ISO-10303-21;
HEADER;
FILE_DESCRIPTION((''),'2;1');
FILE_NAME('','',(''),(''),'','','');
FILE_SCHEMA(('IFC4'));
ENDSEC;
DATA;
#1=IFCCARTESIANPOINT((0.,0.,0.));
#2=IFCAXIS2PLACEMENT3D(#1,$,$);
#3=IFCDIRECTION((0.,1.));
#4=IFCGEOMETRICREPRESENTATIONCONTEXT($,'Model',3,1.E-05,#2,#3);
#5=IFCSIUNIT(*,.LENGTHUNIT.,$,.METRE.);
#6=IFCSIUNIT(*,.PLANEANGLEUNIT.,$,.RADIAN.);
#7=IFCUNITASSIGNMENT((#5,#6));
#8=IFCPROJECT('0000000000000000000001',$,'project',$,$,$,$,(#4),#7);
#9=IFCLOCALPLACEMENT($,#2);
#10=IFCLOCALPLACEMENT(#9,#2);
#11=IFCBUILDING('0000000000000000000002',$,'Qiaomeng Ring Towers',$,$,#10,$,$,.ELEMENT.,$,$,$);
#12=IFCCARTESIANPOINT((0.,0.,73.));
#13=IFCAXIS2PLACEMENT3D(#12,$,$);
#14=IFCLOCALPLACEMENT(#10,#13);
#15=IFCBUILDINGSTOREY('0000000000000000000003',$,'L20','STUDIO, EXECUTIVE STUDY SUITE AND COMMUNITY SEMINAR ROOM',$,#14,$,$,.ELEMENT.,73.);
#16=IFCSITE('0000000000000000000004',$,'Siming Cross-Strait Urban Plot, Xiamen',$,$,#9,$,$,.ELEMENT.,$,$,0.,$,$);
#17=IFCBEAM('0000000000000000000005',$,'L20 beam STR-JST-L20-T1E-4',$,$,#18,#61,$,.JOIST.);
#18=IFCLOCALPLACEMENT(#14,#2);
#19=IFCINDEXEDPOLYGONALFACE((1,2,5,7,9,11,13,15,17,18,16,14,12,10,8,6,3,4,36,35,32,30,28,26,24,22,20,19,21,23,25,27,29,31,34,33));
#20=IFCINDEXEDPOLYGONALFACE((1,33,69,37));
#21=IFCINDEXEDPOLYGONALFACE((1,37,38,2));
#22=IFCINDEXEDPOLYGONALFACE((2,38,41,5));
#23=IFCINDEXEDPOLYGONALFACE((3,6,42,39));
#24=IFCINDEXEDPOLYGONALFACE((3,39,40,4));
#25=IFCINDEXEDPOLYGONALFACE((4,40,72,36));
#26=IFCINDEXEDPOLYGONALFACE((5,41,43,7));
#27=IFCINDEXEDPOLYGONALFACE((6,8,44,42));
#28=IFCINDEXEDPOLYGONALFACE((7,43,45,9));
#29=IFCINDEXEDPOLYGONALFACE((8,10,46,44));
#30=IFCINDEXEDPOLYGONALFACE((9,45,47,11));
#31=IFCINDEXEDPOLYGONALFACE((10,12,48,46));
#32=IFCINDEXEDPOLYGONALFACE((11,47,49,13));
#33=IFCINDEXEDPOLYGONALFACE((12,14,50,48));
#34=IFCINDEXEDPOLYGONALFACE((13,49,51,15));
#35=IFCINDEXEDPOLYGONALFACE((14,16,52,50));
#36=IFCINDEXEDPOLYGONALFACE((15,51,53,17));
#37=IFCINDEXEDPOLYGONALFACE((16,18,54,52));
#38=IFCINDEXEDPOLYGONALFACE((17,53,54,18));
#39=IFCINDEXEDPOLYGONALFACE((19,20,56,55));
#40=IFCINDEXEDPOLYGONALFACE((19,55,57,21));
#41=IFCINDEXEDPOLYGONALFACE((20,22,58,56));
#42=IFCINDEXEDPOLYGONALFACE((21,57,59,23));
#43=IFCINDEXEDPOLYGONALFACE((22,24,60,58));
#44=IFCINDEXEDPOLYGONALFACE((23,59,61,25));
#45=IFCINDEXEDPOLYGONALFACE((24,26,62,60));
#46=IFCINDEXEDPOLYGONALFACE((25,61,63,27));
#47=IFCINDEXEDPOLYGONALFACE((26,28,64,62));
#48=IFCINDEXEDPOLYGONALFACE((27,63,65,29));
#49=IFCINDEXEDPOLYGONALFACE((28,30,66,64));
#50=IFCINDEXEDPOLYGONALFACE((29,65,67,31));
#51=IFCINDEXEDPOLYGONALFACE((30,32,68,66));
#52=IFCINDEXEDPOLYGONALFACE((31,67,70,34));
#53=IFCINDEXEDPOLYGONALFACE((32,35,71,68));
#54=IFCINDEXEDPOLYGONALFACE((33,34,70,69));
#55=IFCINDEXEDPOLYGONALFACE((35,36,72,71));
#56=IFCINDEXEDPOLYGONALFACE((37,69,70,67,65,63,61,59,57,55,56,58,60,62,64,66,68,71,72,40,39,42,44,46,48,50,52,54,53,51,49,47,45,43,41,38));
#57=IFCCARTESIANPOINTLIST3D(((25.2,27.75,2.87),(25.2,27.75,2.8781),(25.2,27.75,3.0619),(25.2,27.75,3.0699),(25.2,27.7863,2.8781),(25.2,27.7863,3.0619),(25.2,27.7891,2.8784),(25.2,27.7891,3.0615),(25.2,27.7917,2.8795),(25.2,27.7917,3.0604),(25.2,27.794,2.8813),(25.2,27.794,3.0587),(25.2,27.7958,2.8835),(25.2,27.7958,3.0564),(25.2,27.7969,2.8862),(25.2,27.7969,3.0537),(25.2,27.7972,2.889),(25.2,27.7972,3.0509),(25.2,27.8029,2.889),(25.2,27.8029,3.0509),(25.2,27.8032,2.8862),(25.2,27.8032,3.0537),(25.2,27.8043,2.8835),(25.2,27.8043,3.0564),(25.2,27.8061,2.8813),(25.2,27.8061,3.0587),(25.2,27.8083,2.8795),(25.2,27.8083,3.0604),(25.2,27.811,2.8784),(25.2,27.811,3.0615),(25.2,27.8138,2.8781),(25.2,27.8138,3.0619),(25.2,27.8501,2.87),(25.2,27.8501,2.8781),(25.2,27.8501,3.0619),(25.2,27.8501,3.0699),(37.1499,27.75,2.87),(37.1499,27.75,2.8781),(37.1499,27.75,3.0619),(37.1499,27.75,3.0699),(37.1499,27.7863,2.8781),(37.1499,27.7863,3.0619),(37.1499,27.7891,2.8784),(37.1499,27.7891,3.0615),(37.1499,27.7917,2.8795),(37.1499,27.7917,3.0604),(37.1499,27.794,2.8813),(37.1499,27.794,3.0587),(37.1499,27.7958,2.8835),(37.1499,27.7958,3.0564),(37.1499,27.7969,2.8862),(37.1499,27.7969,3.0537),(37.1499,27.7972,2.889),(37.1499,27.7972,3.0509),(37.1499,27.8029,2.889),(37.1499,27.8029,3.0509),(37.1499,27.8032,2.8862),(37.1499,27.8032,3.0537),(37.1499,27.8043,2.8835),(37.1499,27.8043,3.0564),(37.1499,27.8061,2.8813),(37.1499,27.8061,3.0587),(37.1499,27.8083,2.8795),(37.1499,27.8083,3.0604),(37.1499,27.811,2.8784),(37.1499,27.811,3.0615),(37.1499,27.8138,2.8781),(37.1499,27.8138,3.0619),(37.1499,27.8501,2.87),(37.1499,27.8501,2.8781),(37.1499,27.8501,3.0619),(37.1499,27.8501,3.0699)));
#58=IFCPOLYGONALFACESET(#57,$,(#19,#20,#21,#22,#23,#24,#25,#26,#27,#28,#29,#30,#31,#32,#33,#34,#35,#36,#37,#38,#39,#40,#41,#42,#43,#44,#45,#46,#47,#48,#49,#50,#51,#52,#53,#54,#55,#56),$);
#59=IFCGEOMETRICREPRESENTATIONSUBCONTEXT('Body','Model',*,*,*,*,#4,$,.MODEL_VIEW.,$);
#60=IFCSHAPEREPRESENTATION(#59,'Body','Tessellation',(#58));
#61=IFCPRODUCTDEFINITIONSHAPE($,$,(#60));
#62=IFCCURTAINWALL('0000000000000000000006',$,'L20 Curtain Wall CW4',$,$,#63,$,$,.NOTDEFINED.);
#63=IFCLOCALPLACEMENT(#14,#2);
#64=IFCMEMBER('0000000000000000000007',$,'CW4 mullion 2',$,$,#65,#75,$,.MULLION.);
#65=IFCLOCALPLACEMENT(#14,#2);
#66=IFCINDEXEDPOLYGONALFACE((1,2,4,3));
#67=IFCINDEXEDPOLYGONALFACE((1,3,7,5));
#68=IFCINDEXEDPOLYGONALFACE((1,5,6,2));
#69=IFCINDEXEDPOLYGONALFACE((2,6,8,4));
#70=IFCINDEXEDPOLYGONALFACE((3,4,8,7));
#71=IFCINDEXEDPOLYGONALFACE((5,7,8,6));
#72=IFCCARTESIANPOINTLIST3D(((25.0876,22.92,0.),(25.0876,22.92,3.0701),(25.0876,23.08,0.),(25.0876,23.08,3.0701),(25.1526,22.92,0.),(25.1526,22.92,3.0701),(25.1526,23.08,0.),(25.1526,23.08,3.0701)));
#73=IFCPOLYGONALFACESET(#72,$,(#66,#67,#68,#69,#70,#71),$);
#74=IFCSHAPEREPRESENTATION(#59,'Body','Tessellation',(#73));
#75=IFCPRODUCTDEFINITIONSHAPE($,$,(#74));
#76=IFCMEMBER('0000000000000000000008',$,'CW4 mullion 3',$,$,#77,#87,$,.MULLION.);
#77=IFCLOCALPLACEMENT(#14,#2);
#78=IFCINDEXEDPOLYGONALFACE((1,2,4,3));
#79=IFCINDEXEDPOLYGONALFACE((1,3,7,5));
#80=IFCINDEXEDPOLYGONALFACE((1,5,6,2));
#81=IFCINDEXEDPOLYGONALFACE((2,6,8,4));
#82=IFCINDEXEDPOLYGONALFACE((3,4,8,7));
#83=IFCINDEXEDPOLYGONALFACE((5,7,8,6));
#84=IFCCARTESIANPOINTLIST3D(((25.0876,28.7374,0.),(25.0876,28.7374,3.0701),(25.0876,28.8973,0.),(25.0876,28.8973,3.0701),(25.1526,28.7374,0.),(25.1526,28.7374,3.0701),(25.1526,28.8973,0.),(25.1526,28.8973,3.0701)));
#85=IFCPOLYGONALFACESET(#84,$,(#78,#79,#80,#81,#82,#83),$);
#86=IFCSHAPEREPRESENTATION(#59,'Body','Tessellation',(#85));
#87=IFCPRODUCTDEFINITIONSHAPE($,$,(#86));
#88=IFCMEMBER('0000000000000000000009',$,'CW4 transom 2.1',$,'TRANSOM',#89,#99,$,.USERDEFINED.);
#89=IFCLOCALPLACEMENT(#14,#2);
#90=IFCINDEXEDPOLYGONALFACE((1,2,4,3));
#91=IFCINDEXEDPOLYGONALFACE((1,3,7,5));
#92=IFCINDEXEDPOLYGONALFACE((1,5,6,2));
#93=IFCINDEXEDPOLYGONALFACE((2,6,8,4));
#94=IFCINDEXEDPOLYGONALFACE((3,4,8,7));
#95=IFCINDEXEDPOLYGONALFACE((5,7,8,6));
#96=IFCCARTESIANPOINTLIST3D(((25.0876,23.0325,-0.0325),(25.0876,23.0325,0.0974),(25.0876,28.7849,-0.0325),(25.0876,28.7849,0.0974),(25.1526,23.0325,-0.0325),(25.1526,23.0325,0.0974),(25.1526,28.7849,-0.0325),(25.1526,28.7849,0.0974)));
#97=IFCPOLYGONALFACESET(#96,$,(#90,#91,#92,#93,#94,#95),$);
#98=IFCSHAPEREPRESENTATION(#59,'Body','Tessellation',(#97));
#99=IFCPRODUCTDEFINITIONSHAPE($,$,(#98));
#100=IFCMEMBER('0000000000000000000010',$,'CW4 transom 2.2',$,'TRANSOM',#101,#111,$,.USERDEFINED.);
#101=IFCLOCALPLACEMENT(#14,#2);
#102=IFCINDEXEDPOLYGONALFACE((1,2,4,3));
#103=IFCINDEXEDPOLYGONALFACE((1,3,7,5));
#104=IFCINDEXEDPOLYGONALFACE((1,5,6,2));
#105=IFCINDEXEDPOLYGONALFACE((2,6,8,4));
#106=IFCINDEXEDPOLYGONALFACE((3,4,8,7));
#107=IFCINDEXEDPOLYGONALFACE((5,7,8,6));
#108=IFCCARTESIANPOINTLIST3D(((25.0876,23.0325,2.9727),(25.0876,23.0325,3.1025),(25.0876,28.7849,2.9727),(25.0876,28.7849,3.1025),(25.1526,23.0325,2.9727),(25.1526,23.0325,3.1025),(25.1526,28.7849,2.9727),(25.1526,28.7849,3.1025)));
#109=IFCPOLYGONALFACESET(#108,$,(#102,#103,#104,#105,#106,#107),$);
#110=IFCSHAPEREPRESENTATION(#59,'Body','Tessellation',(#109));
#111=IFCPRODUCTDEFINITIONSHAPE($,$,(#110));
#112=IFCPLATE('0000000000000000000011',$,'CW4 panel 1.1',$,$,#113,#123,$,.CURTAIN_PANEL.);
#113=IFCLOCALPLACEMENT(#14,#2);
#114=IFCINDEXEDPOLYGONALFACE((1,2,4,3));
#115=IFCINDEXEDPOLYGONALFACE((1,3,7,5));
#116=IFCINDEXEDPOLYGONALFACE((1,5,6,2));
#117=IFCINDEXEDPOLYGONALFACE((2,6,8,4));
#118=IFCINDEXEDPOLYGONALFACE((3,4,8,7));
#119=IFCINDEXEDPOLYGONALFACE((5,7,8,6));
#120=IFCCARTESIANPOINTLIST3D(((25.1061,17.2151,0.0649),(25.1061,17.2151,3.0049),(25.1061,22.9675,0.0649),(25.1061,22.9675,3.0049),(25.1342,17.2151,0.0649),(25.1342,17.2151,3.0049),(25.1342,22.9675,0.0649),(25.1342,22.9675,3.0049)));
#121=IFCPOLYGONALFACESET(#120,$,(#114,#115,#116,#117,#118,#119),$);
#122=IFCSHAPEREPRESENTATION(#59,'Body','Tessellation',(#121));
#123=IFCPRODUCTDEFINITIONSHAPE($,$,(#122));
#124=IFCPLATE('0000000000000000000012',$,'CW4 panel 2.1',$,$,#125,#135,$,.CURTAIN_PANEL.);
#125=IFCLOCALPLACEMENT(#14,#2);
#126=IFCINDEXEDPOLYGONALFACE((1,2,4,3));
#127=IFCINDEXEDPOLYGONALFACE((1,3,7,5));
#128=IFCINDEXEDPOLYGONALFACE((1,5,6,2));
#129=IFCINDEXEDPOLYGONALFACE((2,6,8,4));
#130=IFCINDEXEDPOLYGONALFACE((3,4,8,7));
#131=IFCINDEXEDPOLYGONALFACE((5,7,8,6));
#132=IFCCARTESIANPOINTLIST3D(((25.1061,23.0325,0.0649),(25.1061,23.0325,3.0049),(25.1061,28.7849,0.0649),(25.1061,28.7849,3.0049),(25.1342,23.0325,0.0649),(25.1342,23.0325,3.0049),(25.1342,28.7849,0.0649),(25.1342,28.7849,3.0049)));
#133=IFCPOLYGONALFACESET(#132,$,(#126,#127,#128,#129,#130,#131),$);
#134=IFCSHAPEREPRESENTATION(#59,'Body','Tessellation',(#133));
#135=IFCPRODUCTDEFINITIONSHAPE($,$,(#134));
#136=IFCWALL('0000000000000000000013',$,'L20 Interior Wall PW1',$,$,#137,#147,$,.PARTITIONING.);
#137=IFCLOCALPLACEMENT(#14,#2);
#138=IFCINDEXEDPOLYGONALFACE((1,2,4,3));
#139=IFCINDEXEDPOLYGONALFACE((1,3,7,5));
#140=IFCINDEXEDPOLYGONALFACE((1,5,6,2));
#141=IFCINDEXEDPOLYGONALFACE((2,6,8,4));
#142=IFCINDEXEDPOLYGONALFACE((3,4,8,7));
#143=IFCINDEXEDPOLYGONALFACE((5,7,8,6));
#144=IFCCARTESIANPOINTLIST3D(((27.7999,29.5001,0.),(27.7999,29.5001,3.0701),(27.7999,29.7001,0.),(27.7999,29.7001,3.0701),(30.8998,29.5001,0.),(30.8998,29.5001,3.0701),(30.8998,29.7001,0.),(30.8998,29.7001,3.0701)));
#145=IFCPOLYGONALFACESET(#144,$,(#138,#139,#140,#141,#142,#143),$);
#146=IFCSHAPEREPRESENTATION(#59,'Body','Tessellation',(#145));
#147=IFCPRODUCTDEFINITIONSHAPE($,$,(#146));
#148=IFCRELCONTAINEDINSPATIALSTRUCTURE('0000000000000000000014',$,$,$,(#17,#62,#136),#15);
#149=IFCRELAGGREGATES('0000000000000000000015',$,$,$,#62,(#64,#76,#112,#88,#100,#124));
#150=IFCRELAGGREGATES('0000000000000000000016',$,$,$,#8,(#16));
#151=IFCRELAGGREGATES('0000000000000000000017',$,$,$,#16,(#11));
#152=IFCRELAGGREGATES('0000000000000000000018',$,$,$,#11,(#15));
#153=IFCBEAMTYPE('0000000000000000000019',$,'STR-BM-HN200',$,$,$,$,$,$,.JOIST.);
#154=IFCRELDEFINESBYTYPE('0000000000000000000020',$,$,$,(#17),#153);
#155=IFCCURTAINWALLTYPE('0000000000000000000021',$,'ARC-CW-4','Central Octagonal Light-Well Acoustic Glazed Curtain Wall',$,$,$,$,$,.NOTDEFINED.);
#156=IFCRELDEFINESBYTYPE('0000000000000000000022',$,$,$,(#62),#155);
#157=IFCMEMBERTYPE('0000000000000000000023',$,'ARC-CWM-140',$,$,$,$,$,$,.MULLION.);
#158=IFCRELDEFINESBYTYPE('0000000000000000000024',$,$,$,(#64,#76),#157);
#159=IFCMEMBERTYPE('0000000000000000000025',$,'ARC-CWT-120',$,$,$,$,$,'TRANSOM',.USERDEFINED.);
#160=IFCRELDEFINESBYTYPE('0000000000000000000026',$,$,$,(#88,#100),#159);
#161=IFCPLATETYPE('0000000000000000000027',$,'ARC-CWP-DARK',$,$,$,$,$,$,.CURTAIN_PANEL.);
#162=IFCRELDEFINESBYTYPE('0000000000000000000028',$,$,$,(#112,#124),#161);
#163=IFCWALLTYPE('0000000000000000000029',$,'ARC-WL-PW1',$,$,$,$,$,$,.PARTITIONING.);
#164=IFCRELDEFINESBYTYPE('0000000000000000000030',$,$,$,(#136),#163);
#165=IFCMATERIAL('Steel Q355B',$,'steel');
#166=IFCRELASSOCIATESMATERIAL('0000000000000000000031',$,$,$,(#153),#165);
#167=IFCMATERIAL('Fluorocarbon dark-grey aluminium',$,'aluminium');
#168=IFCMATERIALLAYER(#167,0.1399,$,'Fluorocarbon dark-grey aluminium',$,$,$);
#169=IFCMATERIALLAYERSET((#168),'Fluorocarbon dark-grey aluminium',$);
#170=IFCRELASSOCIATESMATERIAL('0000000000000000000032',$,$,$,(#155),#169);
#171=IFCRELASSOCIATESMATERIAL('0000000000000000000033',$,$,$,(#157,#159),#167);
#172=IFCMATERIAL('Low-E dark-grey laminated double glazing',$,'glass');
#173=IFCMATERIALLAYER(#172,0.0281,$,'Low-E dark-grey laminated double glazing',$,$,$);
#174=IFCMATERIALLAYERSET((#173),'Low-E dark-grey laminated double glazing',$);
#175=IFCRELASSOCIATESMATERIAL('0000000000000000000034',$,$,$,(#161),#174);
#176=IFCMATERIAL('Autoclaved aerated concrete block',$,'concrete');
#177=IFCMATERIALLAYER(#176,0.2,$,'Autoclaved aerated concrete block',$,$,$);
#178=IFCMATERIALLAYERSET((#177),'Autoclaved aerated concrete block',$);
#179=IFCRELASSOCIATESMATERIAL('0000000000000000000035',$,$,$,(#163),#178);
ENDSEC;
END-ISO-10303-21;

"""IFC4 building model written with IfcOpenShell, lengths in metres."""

from ifc_helpers import new_model, si_unit, direction, frame, frame_2d, origin, origin_2d, place, context, subcontext, project, spatial, rectangle, i_section, extrude, source, transform, mapped, material, layer, layer_set, material_profile, profile_set, type_object, element, aggregate, save


model = new_model("IFC4")

# Units and contexts
model_context = context("Model", 3, precision=1e-05, world=origin(), true_north=direction((0.0, 1.0)))
body_context = subcontext(model_context, "Body", "Model", "MODEL_VIEW")
ifc_project = project(units=[si_unit("LENGTHUNIT", "METRE"), si_unit("PLANEANGLEUNIT", "RADIAN")], contexts=[model_context])

# Site, building, storey
site_placement = place(None, origin())
site = spatial("IfcSite", under=ifc_project, at=site_placement, Name="Siming Cross-Strait Urban Plot, Xiamen", CompositionType="ELEMENT", RefElevation=0.0)
building_placement = place(site_placement, origin())
building = spatial("IfcBuilding", under=site, at=building_placement, Name="Qiaomeng Ring Towers", CompositionType="ELEMENT")
storey_placement = place(building_placement, frame((0.0, 0.0, 73.0)))
storey = spatial("IfcBuildingStorey", under=building, at=storey_placement, Name="L20", Description="STUDIO, EXECUTIVE STUDY SUITE AND COMMUNITY SEMINAR ROOM", CompositionType="ELEMENT", Elevation=73.0)

# Beam
ifc_material_1 = material(Name="Steel Q355B", Category="steel")
ifc_material_profile_1 = material_profile(ifc_material_1, i_section(OverallWidth=0.1001, OverallDepth=0.2, WebThickness=0.0056, FlangeThickness=0.0081, FilletRadius=0.011, at=origin_2d()), Name="HN 200x100x5.5x8")
ifc_profile_set_1 = profile_set([ifc_material_profile_1], Name="Steel Q355B")
beam_type_1 = type_object("IfcBeamType", Name="STR-BM-HN200", PredefinedType="JOIST", material=ifc_profile_set_1)
shared_shape_1 = source(origin(), body_context, "Body", "SweptSolid", [
    extrude(i_section(OverallWidth=0.1001, OverallDepth=0.2, WebThickness=0.0056, FlangeThickness=0.0081, FilletRadius=0.011, at=origin_2d()), origin(), (0.0, 0.0, 1.0), 11.95),
])
for number, where, z_axis, x_axis, name in (
    (1, (25.2, 27.8, 2.97), (1.0, 0.0, 0.0), (0.0, 1.0, 0.0), "L20 beam STR-JST-L20-T1E-4"),
):
    element("IfcBeam", number, at=place(storey_placement, frame(where, z_axis=z_axis, x_axis=x_axis)), inside=storey, type_object=beam_type_1, Name=name, PredefinedType="JOIST", context=body_context, shape_type="MappedRepresentation", body=[
        mapped(shared_shape_1, transform((0.0, 0.0, 0.0), x_axis=(1.0, 0.0, 0.0), y_axis=(0.0, 1.0, 0.0), z_axis=(0.0, 0.0, 1.0), scale=1.0)),
    ])

# Curtain wall, members, plates
ifc_material_2 = material(Name="Fluorocarbon dark-grey aluminium", Category="aluminium")
ifc_layer_1 = layer(ifc_material_2, 0.1399, Name="Fluorocarbon dark-grey aluminium")
ifc_layer_set_1 = layer_set([ifc_layer_1], Name="Fluorocarbon dark-grey aluminium")
curtain_wall_type = type_object("IfcCurtainWallType", Name="ARC-CW-4", Description="Central Octagonal Light-Well Acoustic Glazed Curtain Wall", PredefinedType="NOTDEFINED", material=ifc_layer_set_1)
curtain_wall_placement = place(storey_placement, origin())
curtain_wall = element("IfcCurtainWall", 2, at=curtain_wall_placement, inside=storey, type_object=curtain_wall_type, Name="L20 Curtain Wall CW4", PredefinedType="NOTDEFINED")
ifc_material_profile_2 = material_profile(ifc_material_2, rectangle(XDim=0.0649, YDim=0.1599, at=origin_2d()), Name="ALU MULL 65x160")
ifc_profile_set_2 = profile_set([ifc_material_profile_2], Name="Fluorocarbon dark-grey aluminium")
member_type_1 = type_object("IfcMemberType", Name="ARC-CWM-140", PredefinedType="MULLION", material=ifc_profile_set_2)
shared_shape_2 = source(origin(), body_context, "Body", "SweptSolid", [
    extrude(rectangle(XDim=0.0649, YDim=0.1599, at=origin_2d()), origin(), (0.0, 0.0, 1.0), 3.0701),
])
member_1_placement = place(storey_placement, frame((25.1201, 23.0, 0.0), z_axis=(0.0, 0.0, 1.0), x_axis=(-1.0, 0.0, 0.0)))
member_1 = element("IfcMember", 3, at=member_1_placement, type_object=member_type_1, Name="CW4 mullion 2", PredefinedType="MULLION", context=body_context, shape_type="MappedRepresentation", body=[
    mapped(shared_shape_2, transform((0.0, 0.0, 0.0), x_axis=(1.0, 0.0, 0.0), y_axis=(0.0, 1.0, 0.0), z_axis=(0.0, 0.0, 1.0), scale=1.0)),
])
member_2_placement = place(storey_placement, frame((25.1201, 28.8174, 0.0), z_axis=(0.0, 0.0, 1.0), x_axis=(-1.0, 0.0, 0.0)))
member_2 = element("IfcMember", 4, at=member_2_placement, type_object=member_type_1, Name="CW4 mullion 3", PredefinedType="MULLION", context=body_context, shape_type="MappedRepresentation", body=[
    mapped(shared_shape_2, transform((0.0, 0.0, 0.0), x_axis=(1.0, 0.0, 0.0), y_axis=(0.0, 1.0, 0.0), z_axis=(0.0, 0.0, 1.0), scale=1.0)),
])
ifc_material_profile_3 = material_profile(ifc_material_2, rectangle(XDim=0.0649, YDim=0.1299, at=origin_2d()), Name="ALU TRAN 65x130")
ifc_profile_set_3 = profile_set([ifc_material_profile_3], Name="Fluorocarbon dark-grey aluminium")
member_type_2 = type_object("IfcMemberType", Name="ARC-CWT-120", ElementType="TRANSOM", PredefinedType="USERDEFINED", material=ifc_profile_set_3)
shared_shape_3 = source(origin(), body_context, "Body", "SweptSolid", [
    extrude(rectangle(XDim=0.0649, YDim=0.1299, at=origin_2d()), origin(), (0.0, 0.0, 1.0), 5.7524),
])
member_3_placement = place(storey_placement, frame((25.1201, 23.0325, 0.0325), z_axis=(0.0, 1.0, 0.0), x_axis=(-1.0, 0.0, 0.0)))
member_3 = element("IfcMember", 5, at=member_3_placement, type_object=member_type_2, Name="CW4 transom 2.1", ObjectType="TRANSOM", PredefinedType="USERDEFINED", context=body_context, shape_type="MappedRepresentation", body=[
    mapped(shared_shape_3, transform((0.0, 0.0, 0.0), x_axis=(1.0, 0.0, 0.0), y_axis=(0.0, 1.0, 0.0), z_axis=(0.0, 0.0, 1.0), scale=1.0)),
])
member_4_placement = place(storey_placement, frame((25.1201, 23.0325, 3.0376), z_axis=(0.0, 1.0, 0.0), x_axis=(-1.0, 0.0, 0.0)))
member_4 = element("IfcMember", 6, at=member_4_placement, type_object=member_type_2, Name="CW4 transom 2.2", ObjectType="TRANSOM", PredefinedType="USERDEFINED", context=body_context, shape_type="MappedRepresentation", body=[
    mapped(shared_shape_3, transform((0.0, 0.0, 0.0), x_axis=(1.0, 0.0, 0.0), y_axis=(0.0, 1.0, 0.0), z_axis=(0.0, 0.0, 1.0), scale=1.0)),
])
ifc_material_3 = material(Name="Low-E dark-grey laminated double glazing", Category="glass")
ifc_layer_2 = layer(ifc_material_3, 0.0281, Name="Low-E dark-grey laminated double glazing")
ifc_layer_set_2 = layer_set([ifc_layer_2], Name="Low-E dark-grey laminated double glazing")
plate_type = type_object("IfcPlateType", Name="ARC-CWP-DARK", PredefinedType="CURTAIN_PANEL", material=ifc_layer_set_2)
shared_shape_4 = source(origin(), body_context, "Body", "SweptSolid", [
    extrude(rectangle(XDim=5.7524, YDim=0.0281, at=origin_2d()), origin(), (0.0, 0.0, 1.0), 2.9399),
])
plate_1_placement = place(storey_placement, frame((25.1201, 20.0913, 0.0649), z_axis=(0.0, 0.0, 1.0), x_axis=(0.0, 1.0, 0.0)))
plate_1 = element("IfcPlate", 7, at=plate_1_placement, type_object=plate_type, Name="CW4 panel 1.1", PredefinedType="CURTAIN_PANEL", context=body_context, shape_type="MappedRepresentation", body=[
    mapped(shared_shape_4, transform((0.0, 0.0, 0.0), x_axis=(1.0, 0.0, 0.0), y_axis=(0.0, 1.0, 0.0), z_axis=(0.0, 0.0, 1.0), scale=1.0)),
])
plate_2_placement = place(storey_placement, frame((25.1201, 25.9087, 0.0649), z_axis=(0.0, 0.0, 1.0), x_axis=(0.0, 1.0, 0.0)))
plate_2 = element("IfcPlate", 8, at=plate_2_placement, type_object=plate_type, Name="CW4 panel 2.1", PredefinedType="CURTAIN_PANEL", context=body_context, shape_type="MappedRepresentation", body=[
    mapped(shared_shape_4, transform((0.0, 0.0, 0.0), x_axis=(1.0, 0.0, 0.0), y_axis=(0.0, 1.0, 0.0), z_axis=(0.0, 0.0, 1.0), scale=1.0)),
])
aggregate(curtain_wall, [member_1, member_2, plate_1, member_3, member_4, plate_2])

# Wall
ifc_material_4 = material(Name="Autoclaved aerated concrete block", Category="concrete")
ifc_layer_3 = layer(ifc_material_4, 0.2, Name="Autoclaved aerated concrete block")
ifc_layer_set_3 = layer_set([ifc_layer_3], Name="Autoclaved aerated concrete block")
wall_type_1 = type_object("IfcWallType", Name="ARC-WL-PW1", PredefinedType="PARTITIONING", material=ifc_layer_set_3)
wall_1_placement = place(storey_placement, frame((27.8, 29.6001, 0.0), z_axis=(0.0, 0.0, 1.0), x_axis=(1.0, 0.0, 0.0)))
element("IfcWall", 9, at=wall_1_placement, inside=storey, type_object=wall_type_1, Name="L20 Interior Wall PW1", PredefinedType="PARTITIONING", context=body_context, shape_type="SweptSolid", body=[
    extrude(rectangle(XDim=3.0999, YDim=0.2, at=frame_2d((1.5498, 0.0))), origin(), (0.0, 0.0, 1.0), 3.0701),
])

save(model, "model.ifc")
